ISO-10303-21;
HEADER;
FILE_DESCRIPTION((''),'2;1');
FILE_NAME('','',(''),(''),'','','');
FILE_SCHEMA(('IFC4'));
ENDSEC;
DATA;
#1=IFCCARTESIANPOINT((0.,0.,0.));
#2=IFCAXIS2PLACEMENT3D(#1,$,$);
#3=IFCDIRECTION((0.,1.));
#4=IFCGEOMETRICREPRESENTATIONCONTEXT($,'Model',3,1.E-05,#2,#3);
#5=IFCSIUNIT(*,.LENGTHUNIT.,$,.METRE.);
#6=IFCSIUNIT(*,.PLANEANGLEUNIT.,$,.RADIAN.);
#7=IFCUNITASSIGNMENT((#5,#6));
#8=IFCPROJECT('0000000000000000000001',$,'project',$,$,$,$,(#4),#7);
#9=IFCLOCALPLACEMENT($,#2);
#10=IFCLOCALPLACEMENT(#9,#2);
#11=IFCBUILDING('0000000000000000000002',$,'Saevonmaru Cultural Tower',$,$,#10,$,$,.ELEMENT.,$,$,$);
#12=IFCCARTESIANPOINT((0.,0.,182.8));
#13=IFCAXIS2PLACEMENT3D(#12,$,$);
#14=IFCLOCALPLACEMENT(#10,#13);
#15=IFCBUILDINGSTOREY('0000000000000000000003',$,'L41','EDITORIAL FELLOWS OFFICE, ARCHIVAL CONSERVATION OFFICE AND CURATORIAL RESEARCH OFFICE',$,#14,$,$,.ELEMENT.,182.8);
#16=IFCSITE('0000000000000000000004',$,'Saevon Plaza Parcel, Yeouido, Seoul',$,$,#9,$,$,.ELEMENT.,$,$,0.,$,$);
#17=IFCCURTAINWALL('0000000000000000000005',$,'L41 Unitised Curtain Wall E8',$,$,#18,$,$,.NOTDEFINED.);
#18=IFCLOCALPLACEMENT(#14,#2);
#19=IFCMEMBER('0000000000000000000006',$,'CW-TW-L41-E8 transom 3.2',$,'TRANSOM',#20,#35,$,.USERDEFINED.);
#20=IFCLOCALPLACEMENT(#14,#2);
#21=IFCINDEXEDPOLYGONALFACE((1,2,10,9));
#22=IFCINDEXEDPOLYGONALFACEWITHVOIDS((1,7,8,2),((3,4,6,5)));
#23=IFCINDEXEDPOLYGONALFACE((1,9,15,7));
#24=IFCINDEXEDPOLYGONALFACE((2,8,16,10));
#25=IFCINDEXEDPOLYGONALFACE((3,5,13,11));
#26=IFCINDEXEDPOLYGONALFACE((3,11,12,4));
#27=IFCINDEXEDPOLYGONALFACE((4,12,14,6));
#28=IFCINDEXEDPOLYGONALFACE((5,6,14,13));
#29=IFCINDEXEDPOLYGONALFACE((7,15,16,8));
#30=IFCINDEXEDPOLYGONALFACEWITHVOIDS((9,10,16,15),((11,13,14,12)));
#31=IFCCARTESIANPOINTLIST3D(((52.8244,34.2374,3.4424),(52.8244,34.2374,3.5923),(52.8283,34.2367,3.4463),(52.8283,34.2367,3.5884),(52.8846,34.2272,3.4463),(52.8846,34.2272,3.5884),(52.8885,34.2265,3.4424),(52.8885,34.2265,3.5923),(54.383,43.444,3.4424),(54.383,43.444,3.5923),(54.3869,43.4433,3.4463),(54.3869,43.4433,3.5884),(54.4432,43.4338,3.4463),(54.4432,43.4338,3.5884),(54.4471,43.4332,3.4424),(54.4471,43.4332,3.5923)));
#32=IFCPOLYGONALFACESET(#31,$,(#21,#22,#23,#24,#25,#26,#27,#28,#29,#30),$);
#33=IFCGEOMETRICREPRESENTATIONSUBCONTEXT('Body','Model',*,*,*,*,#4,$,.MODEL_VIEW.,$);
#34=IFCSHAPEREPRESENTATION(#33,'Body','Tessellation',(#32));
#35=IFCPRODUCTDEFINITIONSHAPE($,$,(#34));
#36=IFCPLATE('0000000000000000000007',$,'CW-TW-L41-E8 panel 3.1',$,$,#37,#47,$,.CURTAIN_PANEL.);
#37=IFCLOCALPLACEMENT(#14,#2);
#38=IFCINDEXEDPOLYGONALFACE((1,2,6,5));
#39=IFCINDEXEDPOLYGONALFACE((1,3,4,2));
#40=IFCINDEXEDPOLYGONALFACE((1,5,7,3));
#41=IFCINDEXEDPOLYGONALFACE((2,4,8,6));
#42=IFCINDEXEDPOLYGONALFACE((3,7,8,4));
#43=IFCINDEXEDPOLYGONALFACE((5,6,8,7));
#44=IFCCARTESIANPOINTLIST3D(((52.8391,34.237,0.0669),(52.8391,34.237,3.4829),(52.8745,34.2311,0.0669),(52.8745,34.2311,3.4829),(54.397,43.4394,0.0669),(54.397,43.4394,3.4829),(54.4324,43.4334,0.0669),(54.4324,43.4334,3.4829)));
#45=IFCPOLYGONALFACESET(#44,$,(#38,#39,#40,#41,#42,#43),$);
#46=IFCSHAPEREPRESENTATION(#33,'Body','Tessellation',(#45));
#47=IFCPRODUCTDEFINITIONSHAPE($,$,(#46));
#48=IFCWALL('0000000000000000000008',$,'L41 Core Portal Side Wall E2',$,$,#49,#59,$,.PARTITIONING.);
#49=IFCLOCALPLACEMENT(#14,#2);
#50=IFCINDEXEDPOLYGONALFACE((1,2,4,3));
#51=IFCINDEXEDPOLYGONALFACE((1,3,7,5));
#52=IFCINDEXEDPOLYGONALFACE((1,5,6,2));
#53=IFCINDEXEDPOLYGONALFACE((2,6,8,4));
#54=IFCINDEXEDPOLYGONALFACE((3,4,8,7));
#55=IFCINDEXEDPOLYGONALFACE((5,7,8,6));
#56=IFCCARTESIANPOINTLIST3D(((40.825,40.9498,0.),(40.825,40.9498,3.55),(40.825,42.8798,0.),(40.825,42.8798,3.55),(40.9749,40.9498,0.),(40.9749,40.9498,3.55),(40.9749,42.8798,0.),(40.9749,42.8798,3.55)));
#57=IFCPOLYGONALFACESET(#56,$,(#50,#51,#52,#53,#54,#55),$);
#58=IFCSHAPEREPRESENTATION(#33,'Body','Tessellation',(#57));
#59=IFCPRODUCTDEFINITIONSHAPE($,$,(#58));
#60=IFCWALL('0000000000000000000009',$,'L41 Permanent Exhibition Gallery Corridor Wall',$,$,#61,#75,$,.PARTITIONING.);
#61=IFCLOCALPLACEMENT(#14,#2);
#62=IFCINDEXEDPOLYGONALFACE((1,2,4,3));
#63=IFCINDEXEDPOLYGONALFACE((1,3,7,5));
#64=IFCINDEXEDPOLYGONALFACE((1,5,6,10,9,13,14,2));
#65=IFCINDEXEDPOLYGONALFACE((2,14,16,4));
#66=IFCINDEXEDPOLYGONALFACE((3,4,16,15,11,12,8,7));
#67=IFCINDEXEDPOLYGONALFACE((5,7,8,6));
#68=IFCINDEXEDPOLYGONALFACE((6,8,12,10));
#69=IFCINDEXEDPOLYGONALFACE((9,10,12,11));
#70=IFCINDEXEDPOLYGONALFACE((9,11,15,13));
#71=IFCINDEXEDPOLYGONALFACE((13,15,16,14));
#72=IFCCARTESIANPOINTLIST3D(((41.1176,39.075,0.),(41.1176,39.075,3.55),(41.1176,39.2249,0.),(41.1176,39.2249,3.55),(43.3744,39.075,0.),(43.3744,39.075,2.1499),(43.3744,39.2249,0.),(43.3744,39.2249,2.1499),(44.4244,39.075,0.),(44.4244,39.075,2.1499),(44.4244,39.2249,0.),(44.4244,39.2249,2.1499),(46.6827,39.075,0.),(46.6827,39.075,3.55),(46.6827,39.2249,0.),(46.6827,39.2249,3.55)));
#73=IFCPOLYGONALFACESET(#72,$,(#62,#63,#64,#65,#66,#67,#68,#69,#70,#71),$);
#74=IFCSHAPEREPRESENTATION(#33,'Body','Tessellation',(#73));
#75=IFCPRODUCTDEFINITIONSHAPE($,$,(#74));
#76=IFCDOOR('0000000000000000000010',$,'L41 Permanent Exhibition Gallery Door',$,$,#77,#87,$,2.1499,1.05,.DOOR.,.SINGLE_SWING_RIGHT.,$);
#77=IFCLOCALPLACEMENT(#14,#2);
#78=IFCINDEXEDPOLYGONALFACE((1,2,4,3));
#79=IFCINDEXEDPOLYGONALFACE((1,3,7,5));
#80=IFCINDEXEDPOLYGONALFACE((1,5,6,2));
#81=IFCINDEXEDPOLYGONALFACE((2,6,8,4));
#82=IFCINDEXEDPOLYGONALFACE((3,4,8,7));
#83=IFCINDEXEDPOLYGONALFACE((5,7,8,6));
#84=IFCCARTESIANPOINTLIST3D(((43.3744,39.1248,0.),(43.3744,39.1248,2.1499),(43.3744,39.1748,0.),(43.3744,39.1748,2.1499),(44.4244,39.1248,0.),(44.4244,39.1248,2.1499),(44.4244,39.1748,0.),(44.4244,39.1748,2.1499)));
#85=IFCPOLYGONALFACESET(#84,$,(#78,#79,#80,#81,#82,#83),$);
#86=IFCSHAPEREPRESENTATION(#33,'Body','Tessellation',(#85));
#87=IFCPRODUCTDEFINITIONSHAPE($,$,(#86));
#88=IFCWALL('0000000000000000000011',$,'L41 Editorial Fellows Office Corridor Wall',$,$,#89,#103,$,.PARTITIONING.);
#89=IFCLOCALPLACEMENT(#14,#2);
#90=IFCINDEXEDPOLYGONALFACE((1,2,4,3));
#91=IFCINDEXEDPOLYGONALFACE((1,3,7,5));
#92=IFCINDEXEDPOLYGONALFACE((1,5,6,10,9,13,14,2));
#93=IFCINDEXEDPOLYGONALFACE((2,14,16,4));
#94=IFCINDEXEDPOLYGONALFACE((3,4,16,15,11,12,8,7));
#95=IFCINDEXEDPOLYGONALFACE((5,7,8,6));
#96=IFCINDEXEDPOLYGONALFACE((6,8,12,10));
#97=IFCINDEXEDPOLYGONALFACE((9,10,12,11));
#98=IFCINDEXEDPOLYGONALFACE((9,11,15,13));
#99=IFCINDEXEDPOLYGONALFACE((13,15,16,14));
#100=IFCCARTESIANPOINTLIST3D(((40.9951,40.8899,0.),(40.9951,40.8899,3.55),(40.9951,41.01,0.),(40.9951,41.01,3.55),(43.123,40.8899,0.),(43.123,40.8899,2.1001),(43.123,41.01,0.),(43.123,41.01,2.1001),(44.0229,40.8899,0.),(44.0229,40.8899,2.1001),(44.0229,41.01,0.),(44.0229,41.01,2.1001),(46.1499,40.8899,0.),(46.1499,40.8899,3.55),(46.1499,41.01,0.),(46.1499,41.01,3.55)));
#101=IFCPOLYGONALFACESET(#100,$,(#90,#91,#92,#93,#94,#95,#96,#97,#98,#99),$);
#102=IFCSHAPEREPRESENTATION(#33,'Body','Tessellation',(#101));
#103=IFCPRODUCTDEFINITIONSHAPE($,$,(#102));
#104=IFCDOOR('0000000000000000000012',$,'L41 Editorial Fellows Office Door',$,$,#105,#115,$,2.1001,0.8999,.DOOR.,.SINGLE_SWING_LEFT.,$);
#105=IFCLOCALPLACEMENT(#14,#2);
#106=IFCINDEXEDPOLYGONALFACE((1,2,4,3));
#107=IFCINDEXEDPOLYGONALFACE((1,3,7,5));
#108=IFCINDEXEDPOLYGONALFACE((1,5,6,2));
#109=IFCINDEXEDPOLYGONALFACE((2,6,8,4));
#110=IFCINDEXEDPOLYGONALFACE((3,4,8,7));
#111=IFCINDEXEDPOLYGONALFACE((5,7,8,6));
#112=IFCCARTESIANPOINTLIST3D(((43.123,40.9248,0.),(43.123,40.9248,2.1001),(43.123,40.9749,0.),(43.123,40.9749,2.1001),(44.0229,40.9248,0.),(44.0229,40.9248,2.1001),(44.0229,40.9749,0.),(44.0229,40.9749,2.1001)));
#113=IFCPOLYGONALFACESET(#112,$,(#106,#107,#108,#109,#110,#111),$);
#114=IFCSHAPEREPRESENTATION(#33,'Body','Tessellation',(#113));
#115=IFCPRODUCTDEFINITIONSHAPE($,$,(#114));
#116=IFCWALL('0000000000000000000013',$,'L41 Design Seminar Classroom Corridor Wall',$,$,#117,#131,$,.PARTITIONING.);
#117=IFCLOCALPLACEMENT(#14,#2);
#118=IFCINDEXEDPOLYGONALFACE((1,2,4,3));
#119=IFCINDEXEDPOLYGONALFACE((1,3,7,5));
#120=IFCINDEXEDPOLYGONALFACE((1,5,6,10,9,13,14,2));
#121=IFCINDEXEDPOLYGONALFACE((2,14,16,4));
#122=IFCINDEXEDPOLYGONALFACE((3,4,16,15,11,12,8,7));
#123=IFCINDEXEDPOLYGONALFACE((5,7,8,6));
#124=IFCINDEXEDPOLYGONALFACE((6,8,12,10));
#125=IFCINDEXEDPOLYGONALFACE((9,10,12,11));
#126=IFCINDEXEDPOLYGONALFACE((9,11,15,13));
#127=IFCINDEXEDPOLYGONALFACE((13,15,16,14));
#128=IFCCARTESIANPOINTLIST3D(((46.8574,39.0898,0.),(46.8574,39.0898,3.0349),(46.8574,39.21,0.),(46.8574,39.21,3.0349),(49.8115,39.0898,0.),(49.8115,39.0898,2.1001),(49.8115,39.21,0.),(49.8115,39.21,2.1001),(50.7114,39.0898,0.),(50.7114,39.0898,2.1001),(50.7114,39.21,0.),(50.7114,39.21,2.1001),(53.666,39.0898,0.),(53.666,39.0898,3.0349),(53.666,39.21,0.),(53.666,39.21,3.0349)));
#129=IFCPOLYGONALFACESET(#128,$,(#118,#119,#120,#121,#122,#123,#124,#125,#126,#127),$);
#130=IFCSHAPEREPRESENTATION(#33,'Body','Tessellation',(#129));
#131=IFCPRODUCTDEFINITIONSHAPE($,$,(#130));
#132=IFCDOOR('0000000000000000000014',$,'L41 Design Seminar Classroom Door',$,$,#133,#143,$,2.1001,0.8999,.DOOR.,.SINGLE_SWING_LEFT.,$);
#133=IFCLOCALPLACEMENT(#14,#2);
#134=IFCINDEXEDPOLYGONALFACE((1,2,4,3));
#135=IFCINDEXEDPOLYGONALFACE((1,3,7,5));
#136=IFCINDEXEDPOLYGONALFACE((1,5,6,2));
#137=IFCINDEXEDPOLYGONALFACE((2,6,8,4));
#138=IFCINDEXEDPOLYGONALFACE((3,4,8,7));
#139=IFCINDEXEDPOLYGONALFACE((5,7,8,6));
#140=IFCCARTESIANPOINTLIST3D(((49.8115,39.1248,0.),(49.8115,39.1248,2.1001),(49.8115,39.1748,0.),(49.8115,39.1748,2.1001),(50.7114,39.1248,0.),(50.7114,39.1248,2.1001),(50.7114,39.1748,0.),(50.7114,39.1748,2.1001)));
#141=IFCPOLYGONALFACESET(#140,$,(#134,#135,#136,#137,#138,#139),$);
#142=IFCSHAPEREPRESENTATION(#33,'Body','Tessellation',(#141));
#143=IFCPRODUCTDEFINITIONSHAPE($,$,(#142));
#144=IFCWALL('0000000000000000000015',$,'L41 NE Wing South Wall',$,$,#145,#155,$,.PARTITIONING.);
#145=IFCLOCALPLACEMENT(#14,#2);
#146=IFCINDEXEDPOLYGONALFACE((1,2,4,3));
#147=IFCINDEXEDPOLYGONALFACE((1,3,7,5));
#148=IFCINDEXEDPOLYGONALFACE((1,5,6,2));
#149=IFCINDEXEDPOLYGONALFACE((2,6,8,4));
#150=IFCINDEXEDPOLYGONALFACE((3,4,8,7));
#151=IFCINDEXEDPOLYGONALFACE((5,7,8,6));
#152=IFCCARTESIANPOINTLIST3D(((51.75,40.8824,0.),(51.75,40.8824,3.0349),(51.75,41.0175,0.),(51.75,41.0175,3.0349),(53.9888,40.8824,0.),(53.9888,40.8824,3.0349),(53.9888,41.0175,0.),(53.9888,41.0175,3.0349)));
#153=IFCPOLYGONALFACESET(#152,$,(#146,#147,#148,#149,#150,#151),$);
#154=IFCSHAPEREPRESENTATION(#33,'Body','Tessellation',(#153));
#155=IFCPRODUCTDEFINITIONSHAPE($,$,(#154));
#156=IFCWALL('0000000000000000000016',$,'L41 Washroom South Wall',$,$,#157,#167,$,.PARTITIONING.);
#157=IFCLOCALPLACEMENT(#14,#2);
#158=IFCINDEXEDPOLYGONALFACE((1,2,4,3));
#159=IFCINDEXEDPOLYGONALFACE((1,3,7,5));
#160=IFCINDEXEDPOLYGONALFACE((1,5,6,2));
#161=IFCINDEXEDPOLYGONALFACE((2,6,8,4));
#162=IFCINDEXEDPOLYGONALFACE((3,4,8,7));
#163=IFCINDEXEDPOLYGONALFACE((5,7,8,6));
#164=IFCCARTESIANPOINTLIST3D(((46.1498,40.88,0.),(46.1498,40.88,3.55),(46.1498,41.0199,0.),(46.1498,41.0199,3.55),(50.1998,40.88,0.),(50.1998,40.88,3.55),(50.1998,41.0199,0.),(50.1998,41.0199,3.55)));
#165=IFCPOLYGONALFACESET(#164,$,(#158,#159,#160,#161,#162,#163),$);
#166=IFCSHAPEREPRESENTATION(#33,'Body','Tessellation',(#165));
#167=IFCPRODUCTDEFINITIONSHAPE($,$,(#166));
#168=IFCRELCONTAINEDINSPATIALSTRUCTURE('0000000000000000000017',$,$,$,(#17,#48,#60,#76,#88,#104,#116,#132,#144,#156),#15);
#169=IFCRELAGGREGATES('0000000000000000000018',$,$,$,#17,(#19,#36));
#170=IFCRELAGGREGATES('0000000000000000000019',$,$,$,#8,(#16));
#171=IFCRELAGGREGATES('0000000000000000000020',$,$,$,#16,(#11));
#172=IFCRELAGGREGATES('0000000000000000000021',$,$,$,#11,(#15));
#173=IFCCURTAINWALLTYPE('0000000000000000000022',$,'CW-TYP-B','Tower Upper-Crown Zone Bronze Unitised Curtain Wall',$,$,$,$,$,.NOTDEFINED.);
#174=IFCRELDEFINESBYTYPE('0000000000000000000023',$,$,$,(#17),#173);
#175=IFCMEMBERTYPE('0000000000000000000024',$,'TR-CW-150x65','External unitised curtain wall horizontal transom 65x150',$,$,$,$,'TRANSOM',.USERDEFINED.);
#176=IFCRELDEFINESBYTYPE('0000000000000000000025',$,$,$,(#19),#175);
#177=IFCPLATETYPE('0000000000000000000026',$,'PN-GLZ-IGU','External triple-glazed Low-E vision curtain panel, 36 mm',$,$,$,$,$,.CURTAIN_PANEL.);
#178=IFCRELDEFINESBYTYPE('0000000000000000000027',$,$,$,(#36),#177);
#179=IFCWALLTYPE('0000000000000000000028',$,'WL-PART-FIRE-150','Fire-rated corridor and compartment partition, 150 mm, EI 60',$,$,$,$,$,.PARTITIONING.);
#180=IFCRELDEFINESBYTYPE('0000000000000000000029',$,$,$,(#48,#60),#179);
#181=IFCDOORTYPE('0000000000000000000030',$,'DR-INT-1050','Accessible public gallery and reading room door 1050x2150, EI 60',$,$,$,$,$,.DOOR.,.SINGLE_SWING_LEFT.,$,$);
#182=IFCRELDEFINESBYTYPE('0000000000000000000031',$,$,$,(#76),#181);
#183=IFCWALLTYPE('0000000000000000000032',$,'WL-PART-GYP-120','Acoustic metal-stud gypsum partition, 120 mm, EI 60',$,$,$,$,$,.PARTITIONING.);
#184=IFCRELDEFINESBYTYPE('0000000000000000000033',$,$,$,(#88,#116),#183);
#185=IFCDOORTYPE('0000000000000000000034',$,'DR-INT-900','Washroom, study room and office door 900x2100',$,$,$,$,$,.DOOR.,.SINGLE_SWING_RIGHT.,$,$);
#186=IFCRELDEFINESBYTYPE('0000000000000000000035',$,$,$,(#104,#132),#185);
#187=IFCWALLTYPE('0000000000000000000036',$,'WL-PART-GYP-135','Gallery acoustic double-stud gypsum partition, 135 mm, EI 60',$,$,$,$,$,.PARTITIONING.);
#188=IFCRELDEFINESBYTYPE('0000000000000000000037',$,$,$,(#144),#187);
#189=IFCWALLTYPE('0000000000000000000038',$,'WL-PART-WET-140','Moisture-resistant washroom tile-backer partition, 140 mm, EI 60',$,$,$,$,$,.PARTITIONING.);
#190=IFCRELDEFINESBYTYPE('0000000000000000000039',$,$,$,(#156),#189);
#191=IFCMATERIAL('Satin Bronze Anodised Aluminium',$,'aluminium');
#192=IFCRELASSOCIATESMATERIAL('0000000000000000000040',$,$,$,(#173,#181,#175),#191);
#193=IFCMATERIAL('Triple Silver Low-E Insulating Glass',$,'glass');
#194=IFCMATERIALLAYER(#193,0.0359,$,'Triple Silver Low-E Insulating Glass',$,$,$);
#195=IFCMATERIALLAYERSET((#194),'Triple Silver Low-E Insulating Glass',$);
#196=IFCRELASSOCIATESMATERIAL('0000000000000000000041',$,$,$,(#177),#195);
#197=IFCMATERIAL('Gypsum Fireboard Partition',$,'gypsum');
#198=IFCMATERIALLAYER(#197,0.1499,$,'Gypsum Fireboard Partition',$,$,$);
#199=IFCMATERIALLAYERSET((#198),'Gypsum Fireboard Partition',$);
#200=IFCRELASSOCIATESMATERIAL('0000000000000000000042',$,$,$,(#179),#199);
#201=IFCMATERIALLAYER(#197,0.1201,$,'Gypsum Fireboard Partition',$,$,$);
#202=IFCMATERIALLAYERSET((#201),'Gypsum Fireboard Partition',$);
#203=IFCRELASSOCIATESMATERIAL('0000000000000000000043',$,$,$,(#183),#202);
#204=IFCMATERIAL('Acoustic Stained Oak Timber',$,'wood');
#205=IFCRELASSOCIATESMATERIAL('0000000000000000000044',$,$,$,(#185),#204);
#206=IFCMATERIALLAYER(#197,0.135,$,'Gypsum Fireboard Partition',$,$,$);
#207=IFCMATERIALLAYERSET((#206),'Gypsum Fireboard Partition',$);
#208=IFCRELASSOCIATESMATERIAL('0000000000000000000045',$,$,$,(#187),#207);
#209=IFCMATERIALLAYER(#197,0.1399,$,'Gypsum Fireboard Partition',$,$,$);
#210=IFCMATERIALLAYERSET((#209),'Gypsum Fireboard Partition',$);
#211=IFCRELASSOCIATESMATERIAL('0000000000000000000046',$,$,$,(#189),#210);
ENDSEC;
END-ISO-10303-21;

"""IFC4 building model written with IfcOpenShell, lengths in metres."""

from ifc_helpers import new_model, si_unit, direction, frame, frame_2d, origin, origin_2d, place, context, subcontext, project, spatial, rectangle, hollow_rectangle, extrude, material, layer, layer_set, material_profile, profile_set, type_object, element, fill, aggregate, save


model = new_model("IFC4")

# Units and contexts
model_context = context("Model", 3, precision=1e-05, world=origin(), true_north=direction((0.0, 1.0)))
body_context = subcontext(model_context, "Body", "Model", "MODEL_VIEW")
ifc_project = project(units=[si_unit("LENGTHUNIT", "METRE"), si_unit("PLANEANGLEUNIT", "RADIAN")], contexts=[model_context])

# Site, building, storey
site_placement = place(None, origin())
site = spatial("IfcSite", under=ifc_project, at=site_placement, Name="Saevon Plaza Parcel, Yeouido, Seoul", CompositionType="ELEMENT", RefElevation=0.0)
building_placement = place(site_placement, origin())
building = spatial("IfcBuilding", under=site, at=building_placement, Name="Saevonmaru Cultural Tower", CompositionType="ELEMENT")
storey_placement = place(building_placement, frame((0.0, 0.0, 182.8)))
storey = spatial("IfcBuildingStorey", under=building, at=storey_placement, Name="L41", Description="EDITORIAL FELLOWS OFFICE, ARCHIVAL CONSERVATION OFFICE AND CURATORIAL RESEARCH OFFICE", CompositionType="ELEMENT", Elevation=182.8)

# Curtain wall, member, plate
ifc_material_1 = material(Name="Satin Bronze Anodised Aluminium", Category="aluminium")
curtain_wall_type = type_object("IfcCurtainWallType", Name="CW-TYP-B", Description="Tower Upper-Crown Zone Bronze Unitised Curtain Wall", PredefinedType="NOTDEFINED", material=ifc_material_1)
curtain_wall_placement = place(storey_placement, origin())
curtain_wall = element("IfcCurtainWall", 1, at=curtain_wall_placement, inside=storey, type_object=curtain_wall_type, Name="L41 Unitised Curtain Wall E8", PredefinedType="NOTDEFINED")
ifc_material_profile_1 = material_profile(ifc_material_1, hollow_rectangle(XDim=0.0649, YDim=0.1499, WallThickness=0.0039, at=origin_2d()), Name="ALU-TRAN-150x65x4")
ifc_profile_set_1 = profile_set([ifc_material_profile_1], Name="Satin Bronze Anodised Aluminium")
member_type_1 = type_object("IfcMemberType", Name="TR-CW-150x65", Description="External unitised curtain wall horizontal transom 65x150", ElementType="TRANSOM", PredefinedType="USERDEFINED", material=ifc_profile_set_1)
member_1_placement = place(storey_placement, frame((52.8564, 34.2319, 3.5173), z_axis=(0.166917, 0.985971, 0.0), x_axis=(-0.985971, 0.166917, 0.0)))
member_1 = element("IfcMember", 2, at=member_1_placement, type_object=member_type_1, Name="CW-TW-L41-E8 transom 3.2", ObjectType="TRANSOM", PredefinedType="USERDEFINED", context=body_context, shape_type="SweptSolid", body=[
    extrude(hollow_rectangle(XDim=0.0649, YDim=0.1499, WallThickness=0.0039, at=origin_2d()), origin(), (0.0, 0.0, 1.0), 9.3376),
])
ifc_material_2 = material(Name="Triple Silver Low-E Insulating Glass", Category="glass")
ifc_layer_1 = layer(ifc_material_2, 0.0359, Name="Triple Silver Low-E Insulating Glass")
ifc_layer_set_1 = layer_set([ifc_layer_1], Name="Triple Silver Low-E Insulating Glass")
plate_type = type_object("IfcPlateType", Name="PN-GLZ-IGU", Description="External triple-glazed Low-E vision curtain panel, 36 mm", PredefinedType="CURTAIN_PANEL", material=ifc_layer_set_1)
plate_placement = place(storey_placement, frame((53.6357, 38.8352, 0.0669), z_axis=(0.0, 0.0, 1.0), x_axis=(0.166922, 0.98597, 0.0)))
plate = element("IfcPlate", 3, at=plate_placement, type_object=plate_type, Name="CW-TW-L41-E8 panel 3.1", PredefinedType="CURTAIN_PANEL", context=body_context, shape_type="SweptSolid", body=[
    extrude(rectangle(XDim=9.3333, YDim=0.0359, at=origin_2d()), origin(), (0.0, 0.0, 1.0), 3.416),
])
aggregate(curtain_wall, [member_1, plate])

# Shared definitions
ifc_material_3 = material(Name="Gypsum Fireboard Partition", Category="gypsum")
ifc_layer_2 = layer(ifc_material_3, 0.1499, Name="Gypsum Fireboard Partition")
ifc_layer_set_2 = layer_set([ifc_layer_2], Name="Gypsum Fireboard Partition")
wall_type_1 = type_object("IfcWallType", Name="WL-PART-FIRE-150", Description="Fire-rated corridor and compartment partition, 150 mm, EI 60", PredefinedType="PARTITIONING", material=ifc_layer_set_2)
door_type_1 = type_object("IfcDoorType", Name="DR-INT-1050", Description="Accessible public gallery and reading room door 1050x2150, EI 60", OperationType="SINGLE_SWING_LEFT", PredefinedType="DOOR", material=ifc_material_1)

# Wall
wall_1_placement = place(storey_placement, frame((40.8999, 40.95, 0.0), z_axis=(0.0, 0.0, 1.0), x_axis=(0.0, 1.0, 0.0)))
element("IfcWall", 4, at=wall_1_placement, inside=storey, type_object=wall_type_1, Name="L41 Core Portal Side Wall E2", PredefinedType="PARTITIONING", context=body_context, shape_type="SweptSolid", body=[
    extrude(rectangle(XDim=1.9299, YDim=0.1499, at=frame_2d((0.9648, 0.0))), origin(), (0.0, 0.0, 1.0), 3.55),
])

# Walls, openings, doors
wall_2_placement = place(storey_placement, frame((41.1174, 39.1499, 0.0), z_axis=(0.0, 0.0, 1.0), x_axis=(1.0, 0.0, 0.0)))
wall_2 = element("IfcWall", 5, at=wall_2_placement, inside=storey, type_object=wall_type_1, Name="L41 Permanent Exhibition Gallery Corridor Wall", PredefinedType="PARTITIONING", context=body_context, shape_type="SweptSolid", body=[
    extrude(rectangle(XDim=5.5652, YDim=0.1499, at=frame_2d((2.7827, 0.0))), origin(), (0.0, 0.0, 1.0), 3.55),
])
opening_1_placement = place(wall_2_placement, frame((2.2571, 0.0, 0.0)))
opening_1 = element("IfcOpeningElement", 6, at=opening_1_placement, cuts=wall_2, PredefinedType="OPENING", context=body_context, shape_type="SweptSolid", body=[
    extrude(rectangle(XDim=1.05, YDim=2.1499, at=frame_2d((0.5249, 1.075))), frame((0.0, 0.085, 0.0), z_axis=(0.0, -1.0, 0.0), x_axis=(1.0, 0.0, 0.0)), (0.0, 0.0, 1.0), 0.1699),
])
door_1_placement = place(opening_1_placement, origin())
door_1 = element("IfcDoor", 7, at=door_1_placement, inside=storey, type_object=door_type_1, Name="L41 Permanent Exhibition Gallery Door", OperationType="SINGLE_SWING_RIGHT", OverallHeight=2.1499, OverallWidth=1.05, PredefinedType="DOOR", context=body_context, shape_type="SweptSolid", body=[
    extrude(rectangle(XDim=1.05, YDim=2.1499, at=frame_2d((0.5249, 1.075))), frame((0.0, 0.0249, 0.0), z_axis=(0.0, -1.0, 0.0), x_axis=(1.0, 0.0, 0.0)), (0.0, 0.0, 1.0), 0.05),
])
fill(opening_1, door_1)
ifc_layer_3 = layer(ifc_material_3, 0.1201, Name="Gypsum Fireboard Partition")
ifc_layer_set_3 = layer_set([ifc_layer_3], Name="Gypsum Fireboard Partition")
wall_type_2 = type_object("IfcWallType", Name="WL-PART-GYP-120", Description="Acoustic metal-stud gypsum partition, 120 mm, EI 60", PredefinedType="PARTITIONING", material=ifc_layer_set_3)
wall_3_placement = place(storey_placement, frame((40.9951, 40.95, 0.0), z_axis=(0.0, 0.0, 1.0), x_axis=(1.0, 0.0, 0.0)))
wall_3 = element("IfcWall", 8, at=wall_3_placement, inside=storey, type_object=wall_type_2, Name="L41 Editorial Fellows Office Corridor Wall", PredefinedType="PARTITIONING", context=body_context, shape_type="SweptSolid", body=[
    extrude(rectangle(XDim=5.1548, YDim=0.1201, at=frame_2d((2.5774, 0.0))), origin(), (0.0, 0.0, 1.0), 3.55),
])
opening_2_placement = place(wall_3_placement, frame((2.1279, 0.0, 0.0)))
opening_2 = element("IfcOpeningElement", 9, at=opening_2_placement, cuts=wall_3, PredefinedType="OPENING", context=body_context, shape_type="SweptSolid", body=[
    extrude(rectangle(XDim=0.8999, YDim=2.1001, at=frame_2d((0.45, 1.05))), frame((0.0, 0.0701, 0.0), z_axis=(0.0, -1.0, 0.0), x_axis=(1.0, 0.0, 0.0)), (0.0, 0.0, 1.0), 0.1401),
])
ifc_material_4 = material(Name="Acoustic Stained Oak Timber", Category="wood")
door_type_2 = type_object("IfcDoorType", Name="DR-INT-900", Description="Washroom, study room and office door 900x2100", OperationType="SINGLE_SWING_RIGHT", PredefinedType="DOOR", material=ifc_material_4)
door_2_placement = place(opening_2_placement, origin())
door_2 = element("IfcDoor", 10, at=door_2_placement, inside=storey, type_object=door_type_2, Name="L41 Editorial Fellows Office Door", OperationType="SINGLE_SWING_LEFT", OverallHeight=2.1001, OverallWidth=0.8999, PredefinedType="DOOR", context=body_context, shape_type="SweptSolid", body=[
    extrude(rectangle(XDim=0.8999, YDim=2.1001, at=frame_2d((0.45, 1.05))), frame((0.0, 0.0249, 0.0), z_axis=(0.0, -1.0, 0.0), x_axis=(1.0, 0.0, 0.0)), (0.0, 0.0, 1.0), 0.05),
])
fill(opening_2, door_2)
wall_4_placement = place(storey_placement, frame((46.8574, 39.1499, 0.0), z_axis=(0.0, 0.0, 1.0), x_axis=(1.0, 0.0, 0.0)))
wall_4 = element("IfcWall", 11, at=wall_4_placement, inside=storey, type_object=wall_type_2, Name="L41 Design Seminar Classroom Corridor Wall", PredefinedType="PARTITIONING", context=body_context, shape_type="SweptSolid", body=[
    extrude(rectangle(XDim=6.8086, YDim=0.1201, at=frame_2d((3.4043, 0.0))), origin(), (0.0, 0.0, 1.0), 3.0349),
])
opening_3_placement = place(wall_4_placement, frame((2.9541, 0.0, 0.0)))
opening_3 = element("IfcOpeningElement", 12, at=opening_3_placement, cuts=wall_4, PredefinedType="OPENING", context=body_context, shape_type="SweptSolid", body=[
    extrude(rectangle(XDim=0.8999, YDim=2.1001, at=frame_2d((0.45, 1.05))), frame((0.0, 0.0701, 0.0), z_axis=(0.0, -1.0, 0.0), x_axis=(1.0, 0.0, 0.0)), (0.0, 0.0, 1.0), 0.1401),
])
door_3_placement = place(opening_3_placement, origin())
door_3 = element("IfcDoor", 13, at=door_3_placement, inside=storey, type_object=door_type_2, Name="L41 Design Seminar Classroom Door", OperationType="SINGLE_SWING_LEFT", OverallHeight=2.1001, OverallWidth=0.8999, PredefinedType="DOOR", context=body_context, shape_type="SweptSolid", body=[
    extrude(rectangle(XDim=0.8999, YDim=2.1001, at=frame_2d((0.45, 1.05))), frame((0.0, 0.0249, 0.0), z_axis=(0.0, -1.0, 0.0), x_axis=(1.0, 0.0, 0.0)), (0.0, 0.0, 1.0), 0.05),
])
fill(opening_3, door_3)

# Walls
ifc_layer_4 = layer(ifc_material_3, 0.135, Name="Gypsum Fireboard Partition")
ifc_layer_set_4 = layer_set([ifc_layer_4], Name="Gypsum Fireboard Partition")
wall_type_3 = type_object("IfcWallType", Name="WL-PART-GYP-135", Description="Gallery acoustic double-stud gypsum partition, 135 mm, EI 60", PredefinedType="PARTITIONING", material=ifc_layer_set_4)
wall_5_placement = place(storey_placement, frame((51.75, 40.95, 0.0), z_axis=(0.0, 0.0, 1.0), x_axis=(1.0, 0.0, 0.0)))
element("IfcWall", 14, at=wall_5_placement, inside=storey, type_object=wall_type_3, Name="L41 NE Wing South Wall", PredefinedType="PARTITIONING", context=body_context, shape_type="SweptSolid", body=[
    extrude(rectangle(XDim=2.2388, YDim=0.135, at=frame_2d((1.1194, 0.0))), origin(), (0.0, 0.0, 1.0), 3.0349),
])
ifc_layer_5 = layer(ifc_material_3, 0.1399, Name="Gypsum Fireboard Partition")
ifc_layer_set_5 = layer_set([ifc_layer_5], Name="Gypsum Fireboard Partition")
wall_type_4 = type_object("IfcWallType", Name="WL-PART-WET-140", Description="Moisture-resistant washroom tile-backer partition, 140 mm, EI 60", PredefinedType="PARTITIONING", material=ifc_layer_set_5)
wall_6_placement = place(storey_placement, frame((46.1499, 40.95, 0.0), z_axis=(0.0, 0.0, 1.0), x_axis=(1.0, 0.0, 0.0)))
element("IfcWall", 15, at=wall_6_placement, inside=storey, type_object=wall_type_4, Name="L41 Washroom South Wall", PredefinedType="PARTITIONING", context=body_context, shape_type="SweptSolid", body=[
    extrude(rectangle(XDim=4.05, YDim=0.1399, at=frame_2d((2.0249, 0.0))), origin(), (0.0, 0.0, 1.0), 3.55),
])

save(model, "model.ifc")
